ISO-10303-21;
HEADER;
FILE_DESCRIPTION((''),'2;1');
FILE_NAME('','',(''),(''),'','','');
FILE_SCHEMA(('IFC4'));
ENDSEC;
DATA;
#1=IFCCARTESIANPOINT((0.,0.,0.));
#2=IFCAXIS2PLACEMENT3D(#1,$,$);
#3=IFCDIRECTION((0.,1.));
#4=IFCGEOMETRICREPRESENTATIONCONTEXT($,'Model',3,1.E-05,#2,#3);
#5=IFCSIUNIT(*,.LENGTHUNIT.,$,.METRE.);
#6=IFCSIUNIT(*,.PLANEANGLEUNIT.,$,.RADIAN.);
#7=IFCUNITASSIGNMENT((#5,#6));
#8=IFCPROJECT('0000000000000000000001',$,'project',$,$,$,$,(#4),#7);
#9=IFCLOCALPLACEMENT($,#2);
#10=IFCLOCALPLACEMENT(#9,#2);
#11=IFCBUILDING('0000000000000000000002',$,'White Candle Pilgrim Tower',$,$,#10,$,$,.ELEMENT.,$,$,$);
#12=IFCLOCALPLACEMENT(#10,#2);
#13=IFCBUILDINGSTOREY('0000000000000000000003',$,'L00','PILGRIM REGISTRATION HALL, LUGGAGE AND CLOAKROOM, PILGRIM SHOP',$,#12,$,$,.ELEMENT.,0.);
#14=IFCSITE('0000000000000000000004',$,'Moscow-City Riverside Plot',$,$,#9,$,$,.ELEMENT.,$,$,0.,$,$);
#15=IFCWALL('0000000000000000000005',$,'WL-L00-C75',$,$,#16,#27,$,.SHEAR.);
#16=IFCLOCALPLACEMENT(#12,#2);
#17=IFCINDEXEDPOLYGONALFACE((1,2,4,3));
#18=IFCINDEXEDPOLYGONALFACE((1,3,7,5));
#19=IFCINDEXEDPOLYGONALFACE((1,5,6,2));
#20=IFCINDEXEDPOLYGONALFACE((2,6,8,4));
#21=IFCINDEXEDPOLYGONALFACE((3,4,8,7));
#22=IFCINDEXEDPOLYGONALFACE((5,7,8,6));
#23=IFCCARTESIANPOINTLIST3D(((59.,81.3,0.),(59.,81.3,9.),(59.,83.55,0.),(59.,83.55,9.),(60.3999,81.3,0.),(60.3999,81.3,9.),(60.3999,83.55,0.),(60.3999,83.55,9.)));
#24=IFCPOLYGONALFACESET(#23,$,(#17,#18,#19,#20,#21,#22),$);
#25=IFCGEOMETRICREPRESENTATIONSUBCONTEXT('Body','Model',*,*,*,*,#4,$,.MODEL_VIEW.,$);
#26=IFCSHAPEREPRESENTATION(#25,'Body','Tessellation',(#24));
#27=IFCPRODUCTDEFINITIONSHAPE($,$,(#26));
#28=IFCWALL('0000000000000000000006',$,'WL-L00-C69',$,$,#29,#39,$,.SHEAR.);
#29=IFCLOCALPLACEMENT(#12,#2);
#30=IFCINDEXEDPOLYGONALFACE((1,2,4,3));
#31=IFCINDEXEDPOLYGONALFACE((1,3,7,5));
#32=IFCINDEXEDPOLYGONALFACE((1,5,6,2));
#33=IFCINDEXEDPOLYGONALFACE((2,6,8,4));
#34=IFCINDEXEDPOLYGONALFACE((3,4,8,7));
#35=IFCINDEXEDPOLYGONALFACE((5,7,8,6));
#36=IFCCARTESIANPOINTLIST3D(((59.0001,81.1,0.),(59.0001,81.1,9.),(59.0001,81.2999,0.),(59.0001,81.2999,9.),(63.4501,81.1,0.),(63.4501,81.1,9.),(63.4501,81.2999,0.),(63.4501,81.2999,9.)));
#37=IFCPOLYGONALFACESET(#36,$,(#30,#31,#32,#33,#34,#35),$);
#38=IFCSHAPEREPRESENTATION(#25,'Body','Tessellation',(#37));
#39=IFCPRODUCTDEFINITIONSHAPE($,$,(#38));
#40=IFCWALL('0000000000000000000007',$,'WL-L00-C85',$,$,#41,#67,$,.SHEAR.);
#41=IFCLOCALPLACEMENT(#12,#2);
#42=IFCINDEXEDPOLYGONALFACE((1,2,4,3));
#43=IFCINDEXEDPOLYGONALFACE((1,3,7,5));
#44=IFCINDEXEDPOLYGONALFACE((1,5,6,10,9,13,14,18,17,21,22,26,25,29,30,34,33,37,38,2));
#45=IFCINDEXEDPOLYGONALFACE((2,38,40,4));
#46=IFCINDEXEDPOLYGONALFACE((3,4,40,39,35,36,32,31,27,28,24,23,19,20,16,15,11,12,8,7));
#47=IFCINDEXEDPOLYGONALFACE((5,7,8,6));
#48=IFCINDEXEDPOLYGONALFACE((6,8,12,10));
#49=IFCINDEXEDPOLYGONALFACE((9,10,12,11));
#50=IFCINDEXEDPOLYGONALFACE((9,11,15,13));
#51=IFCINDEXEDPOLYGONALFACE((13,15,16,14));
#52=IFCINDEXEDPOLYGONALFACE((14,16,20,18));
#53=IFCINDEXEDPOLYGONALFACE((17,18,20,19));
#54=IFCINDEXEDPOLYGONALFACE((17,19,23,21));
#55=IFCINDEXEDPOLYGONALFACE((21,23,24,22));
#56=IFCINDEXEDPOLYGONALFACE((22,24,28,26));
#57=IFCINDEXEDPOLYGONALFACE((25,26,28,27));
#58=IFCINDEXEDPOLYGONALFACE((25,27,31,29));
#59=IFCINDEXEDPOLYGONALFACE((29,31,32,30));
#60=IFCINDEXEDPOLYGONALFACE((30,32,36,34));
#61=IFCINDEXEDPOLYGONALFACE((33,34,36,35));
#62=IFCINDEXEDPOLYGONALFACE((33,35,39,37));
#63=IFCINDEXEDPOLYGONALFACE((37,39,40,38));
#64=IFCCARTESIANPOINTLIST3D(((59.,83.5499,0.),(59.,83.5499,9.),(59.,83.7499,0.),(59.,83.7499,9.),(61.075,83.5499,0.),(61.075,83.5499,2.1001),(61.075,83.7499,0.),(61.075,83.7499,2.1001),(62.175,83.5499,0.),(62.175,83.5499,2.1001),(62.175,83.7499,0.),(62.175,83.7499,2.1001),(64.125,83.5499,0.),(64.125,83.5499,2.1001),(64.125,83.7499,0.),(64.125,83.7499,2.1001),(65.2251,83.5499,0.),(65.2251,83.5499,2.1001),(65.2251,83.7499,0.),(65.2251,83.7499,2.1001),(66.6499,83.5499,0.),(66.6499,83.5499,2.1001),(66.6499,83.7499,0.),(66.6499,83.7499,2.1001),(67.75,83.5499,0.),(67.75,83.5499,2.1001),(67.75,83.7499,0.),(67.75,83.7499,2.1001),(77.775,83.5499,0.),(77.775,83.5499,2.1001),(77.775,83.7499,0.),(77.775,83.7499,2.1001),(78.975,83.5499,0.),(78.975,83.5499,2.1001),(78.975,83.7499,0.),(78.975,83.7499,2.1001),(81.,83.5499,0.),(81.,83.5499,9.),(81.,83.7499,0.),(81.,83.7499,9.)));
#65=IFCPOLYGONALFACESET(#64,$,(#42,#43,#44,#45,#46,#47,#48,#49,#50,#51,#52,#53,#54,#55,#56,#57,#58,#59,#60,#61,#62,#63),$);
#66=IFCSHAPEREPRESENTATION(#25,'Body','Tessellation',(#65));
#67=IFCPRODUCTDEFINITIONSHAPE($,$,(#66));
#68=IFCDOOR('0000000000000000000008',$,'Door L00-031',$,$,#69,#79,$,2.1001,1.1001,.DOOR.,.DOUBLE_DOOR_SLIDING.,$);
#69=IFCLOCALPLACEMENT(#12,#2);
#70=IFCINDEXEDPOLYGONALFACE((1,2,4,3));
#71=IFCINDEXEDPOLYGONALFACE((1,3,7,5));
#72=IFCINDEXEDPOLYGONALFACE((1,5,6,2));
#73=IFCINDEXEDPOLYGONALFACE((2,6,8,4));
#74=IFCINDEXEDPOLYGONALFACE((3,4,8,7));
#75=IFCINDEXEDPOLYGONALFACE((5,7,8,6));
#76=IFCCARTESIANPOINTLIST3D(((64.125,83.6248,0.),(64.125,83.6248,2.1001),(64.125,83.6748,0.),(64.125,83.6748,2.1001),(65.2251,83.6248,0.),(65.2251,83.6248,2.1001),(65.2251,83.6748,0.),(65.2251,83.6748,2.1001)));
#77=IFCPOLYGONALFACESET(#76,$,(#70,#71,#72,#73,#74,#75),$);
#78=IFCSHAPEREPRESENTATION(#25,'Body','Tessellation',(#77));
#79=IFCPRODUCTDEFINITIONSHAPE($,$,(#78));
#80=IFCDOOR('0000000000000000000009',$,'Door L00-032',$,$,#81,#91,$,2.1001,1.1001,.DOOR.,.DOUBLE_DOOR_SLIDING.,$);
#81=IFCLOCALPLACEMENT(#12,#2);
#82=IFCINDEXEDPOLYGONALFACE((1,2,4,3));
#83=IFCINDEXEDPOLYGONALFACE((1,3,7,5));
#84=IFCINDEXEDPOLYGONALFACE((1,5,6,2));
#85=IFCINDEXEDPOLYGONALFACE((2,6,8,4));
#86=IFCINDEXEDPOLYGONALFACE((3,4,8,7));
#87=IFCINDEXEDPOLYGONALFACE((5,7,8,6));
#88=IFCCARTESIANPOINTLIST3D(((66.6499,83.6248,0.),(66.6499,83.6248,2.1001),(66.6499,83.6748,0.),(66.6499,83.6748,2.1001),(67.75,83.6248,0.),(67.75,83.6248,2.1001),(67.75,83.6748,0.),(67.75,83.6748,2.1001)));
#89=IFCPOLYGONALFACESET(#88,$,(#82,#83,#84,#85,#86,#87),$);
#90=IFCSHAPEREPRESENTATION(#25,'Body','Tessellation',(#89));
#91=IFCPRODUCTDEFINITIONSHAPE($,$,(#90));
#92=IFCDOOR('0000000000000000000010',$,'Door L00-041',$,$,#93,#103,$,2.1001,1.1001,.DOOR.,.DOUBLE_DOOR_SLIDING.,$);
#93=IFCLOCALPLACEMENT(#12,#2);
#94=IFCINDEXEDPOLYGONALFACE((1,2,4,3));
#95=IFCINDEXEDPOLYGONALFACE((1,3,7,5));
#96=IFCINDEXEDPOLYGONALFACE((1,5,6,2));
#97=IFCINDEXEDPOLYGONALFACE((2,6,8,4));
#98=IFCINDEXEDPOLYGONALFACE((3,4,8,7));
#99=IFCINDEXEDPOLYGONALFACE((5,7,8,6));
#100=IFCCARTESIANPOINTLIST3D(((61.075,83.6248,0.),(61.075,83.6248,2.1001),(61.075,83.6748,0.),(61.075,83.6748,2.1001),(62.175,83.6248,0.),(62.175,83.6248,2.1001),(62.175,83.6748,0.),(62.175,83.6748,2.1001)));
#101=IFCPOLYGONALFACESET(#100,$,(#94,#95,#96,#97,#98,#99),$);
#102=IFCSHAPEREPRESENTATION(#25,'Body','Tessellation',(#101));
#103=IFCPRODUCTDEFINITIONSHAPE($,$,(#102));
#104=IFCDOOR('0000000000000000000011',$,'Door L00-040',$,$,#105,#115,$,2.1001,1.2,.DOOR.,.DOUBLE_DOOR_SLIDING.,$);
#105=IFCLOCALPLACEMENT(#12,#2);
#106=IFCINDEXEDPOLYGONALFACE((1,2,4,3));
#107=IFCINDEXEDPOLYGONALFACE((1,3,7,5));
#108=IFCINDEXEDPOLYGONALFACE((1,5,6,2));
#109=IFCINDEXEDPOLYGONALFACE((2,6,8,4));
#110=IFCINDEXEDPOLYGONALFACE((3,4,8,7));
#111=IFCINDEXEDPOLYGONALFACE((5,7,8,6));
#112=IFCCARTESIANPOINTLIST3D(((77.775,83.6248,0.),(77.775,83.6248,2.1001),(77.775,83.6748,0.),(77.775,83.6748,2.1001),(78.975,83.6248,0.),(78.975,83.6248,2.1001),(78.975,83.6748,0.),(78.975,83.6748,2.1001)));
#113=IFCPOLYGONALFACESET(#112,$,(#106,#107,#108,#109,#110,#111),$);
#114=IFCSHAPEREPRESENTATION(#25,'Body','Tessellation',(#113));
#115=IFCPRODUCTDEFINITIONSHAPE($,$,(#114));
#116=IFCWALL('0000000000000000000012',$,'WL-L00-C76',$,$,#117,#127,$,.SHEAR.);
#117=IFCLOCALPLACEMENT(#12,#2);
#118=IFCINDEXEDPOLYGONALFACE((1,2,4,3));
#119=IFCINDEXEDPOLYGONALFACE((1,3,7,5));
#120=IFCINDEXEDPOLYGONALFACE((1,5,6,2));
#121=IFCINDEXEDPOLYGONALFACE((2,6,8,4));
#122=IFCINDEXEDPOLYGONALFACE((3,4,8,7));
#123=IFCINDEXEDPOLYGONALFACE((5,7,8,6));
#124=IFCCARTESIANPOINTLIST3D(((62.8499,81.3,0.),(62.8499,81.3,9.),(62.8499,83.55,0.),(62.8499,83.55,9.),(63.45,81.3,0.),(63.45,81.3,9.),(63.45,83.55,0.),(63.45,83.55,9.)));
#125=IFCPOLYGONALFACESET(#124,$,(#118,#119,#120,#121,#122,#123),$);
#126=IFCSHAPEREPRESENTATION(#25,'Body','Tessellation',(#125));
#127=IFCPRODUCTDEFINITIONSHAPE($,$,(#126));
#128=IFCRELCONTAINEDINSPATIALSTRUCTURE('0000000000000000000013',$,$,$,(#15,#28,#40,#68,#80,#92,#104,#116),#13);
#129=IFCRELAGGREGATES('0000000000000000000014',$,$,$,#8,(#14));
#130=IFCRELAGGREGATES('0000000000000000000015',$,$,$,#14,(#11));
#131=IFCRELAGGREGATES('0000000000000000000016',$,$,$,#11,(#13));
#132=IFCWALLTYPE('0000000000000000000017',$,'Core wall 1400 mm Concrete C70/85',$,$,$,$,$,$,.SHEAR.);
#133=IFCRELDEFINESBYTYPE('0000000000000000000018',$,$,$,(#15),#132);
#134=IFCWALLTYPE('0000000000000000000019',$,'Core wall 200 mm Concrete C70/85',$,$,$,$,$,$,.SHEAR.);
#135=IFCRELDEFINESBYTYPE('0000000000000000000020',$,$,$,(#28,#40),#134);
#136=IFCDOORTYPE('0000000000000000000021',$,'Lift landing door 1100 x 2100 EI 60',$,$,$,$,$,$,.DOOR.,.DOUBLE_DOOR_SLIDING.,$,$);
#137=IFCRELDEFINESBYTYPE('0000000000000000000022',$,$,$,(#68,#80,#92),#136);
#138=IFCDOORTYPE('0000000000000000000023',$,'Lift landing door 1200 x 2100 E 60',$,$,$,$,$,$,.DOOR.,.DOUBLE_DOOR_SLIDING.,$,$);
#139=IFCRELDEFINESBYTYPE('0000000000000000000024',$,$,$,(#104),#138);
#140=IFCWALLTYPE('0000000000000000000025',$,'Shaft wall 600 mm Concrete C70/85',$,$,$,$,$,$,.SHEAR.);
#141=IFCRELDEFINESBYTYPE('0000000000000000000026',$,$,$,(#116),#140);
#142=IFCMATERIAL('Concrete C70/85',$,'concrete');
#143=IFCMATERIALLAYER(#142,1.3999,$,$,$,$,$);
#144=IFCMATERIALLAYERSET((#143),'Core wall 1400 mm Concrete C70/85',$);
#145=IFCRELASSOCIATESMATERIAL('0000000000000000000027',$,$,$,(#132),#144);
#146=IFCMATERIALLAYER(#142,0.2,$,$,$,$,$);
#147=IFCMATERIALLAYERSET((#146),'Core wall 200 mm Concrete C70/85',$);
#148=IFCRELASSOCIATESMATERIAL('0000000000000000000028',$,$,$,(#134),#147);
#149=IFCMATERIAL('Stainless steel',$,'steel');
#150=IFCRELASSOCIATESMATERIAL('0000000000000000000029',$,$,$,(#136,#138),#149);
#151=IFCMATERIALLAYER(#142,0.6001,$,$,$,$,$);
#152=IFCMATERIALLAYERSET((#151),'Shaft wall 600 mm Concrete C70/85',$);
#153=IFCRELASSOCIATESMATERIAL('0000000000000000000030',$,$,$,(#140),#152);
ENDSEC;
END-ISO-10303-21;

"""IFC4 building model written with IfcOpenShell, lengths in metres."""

from ifc_helpers import new_model, si_unit, direction, frame, frame_2d, origin, place, context, subcontext, project, spatial, rectangle, extrude, material, layer, layer_set, type_object, element, fill, save


model = new_model("IFC4")

# Units and contexts
model_context = context("Model", 3, precision=1e-05, world=origin(), true_north=direction((0.0, 1.0)))
body_context = subcontext(model_context, "Body", "Model", "MODEL_VIEW")
ifc_project = project(units=[si_unit("LENGTHUNIT", "METRE"), si_unit("PLANEANGLEUNIT", "RADIAN")], contexts=[model_context])

# Site, building, storey
site_placement = place(None, origin())
site = spatial("IfcSite", under=ifc_project, at=site_placement, Name="Moscow-City Riverside Plot", CompositionType="ELEMENT", RefElevation=0.0)
building_placement = place(site_placement, origin())
building = spatial("IfcBuilding", under=site, at=building_placement, Name="White Candle Pilgrim Tower", CompositionType="ELEMENT")
storey_placement = place(building_placement, origin())
storey = spatial("IfcBuildingStorey", under=building, at=storey_placement, Name="L00", Description="PILGRIM REGISTRATION HALL, LUGGAGE AND CLOAKROOM, PILGRIM SHOP", CompositionType="ELEMENT", Elevation=0.0)

# Walls
ifc_material_1 = material(Name="Concrete C70/85", Category="concrete")
ifc_layer_1 = layer(ifc_material_1, 1.3999)
ifc_layer_set_1 = layer_set([ifc_layer_1], Name="Core wall 1400 mm Concrete C70/85")
wall_type_1 = type_object("IfcWallType", Name="Core wall 1400 mm Concrete C70/85", PredefinedType="SHEAR", material=ifc_layer_set_1)
wall_1_placement = place(storey_placement, frame((59.7, 81.3, 0.0), z_axis=(0.0, 0.0, 1.0), x_axis=(0.0, 1.0, 0.0)))
element("IfcWall", 1, at=wall_1_placement, inside=storey, type_object=wall_type_1, Name="WL-L00-C75", PredefinedType="SHEAR", context=body_context, shape_type="SweptSolid", body=[
    extrude(rectangle(XDim=2.25, YDim=1.3999, at=frame_2d((1.125, 0.0))), origin(), (0.0, 0.0, 1.0), 9.0),
])
ifc_layer_2 = layer(ifc_material_1, 0.2)
ifc_layer_set_2 = layer_set([ifc_layer_2], Name="Core wall 200 mm Concrete C70/85")
wall_type_2 = type_object("IfcWallType", Name="Core wall 200 mm Concrete C70/85", PredefinedType="SHEAR", material=ifc_layer_set_2)
wall_2_placement = place(storey_placement, frame((59.0, 81.2, 0.0), z_axis=(0.0, 0.0, 1.0), x_axis=(1.0, 0.0, 0.0)))
element("IfcWall", 2, at=wall_2_placement, inside=storey, type_object=wall_type_2, Name="WL-L00-C69", PredefinedType="SHEAR", context=body_context, shape_type="SweptSolid", body=[
    extrude(rectangle(XDim=4.45, YDim=0.2, at=frame_2d((2.2251, 0.0))), origin(), (0.0, 0.0, 1.0), 9.0),
])

# Wall, openings, doors
wall_3_placement = place(storey_placement, frame((59.0, 83.6499, 0.0), z_axis=(0.0, 0.0, 1.0), x_axis=(1.0, 0.0, 0.0)))
wall_3 = element("IfcWall", 3, at=wall_3_placement, inside=storey, type_object=wall_type_2, Name="WL-L00-C85", PredefinedType="SHEAR", context=body_context, shape_type="SweptSolid", body=[
    extrude(rectangle(XDim=22.0, YDim=0.2, at=frame_2d((11.0, 0.0))), origin(), (0.0, 0.0, 1.0), 9.0),
])
opening_1_placement = place(wall_3_placement, frame((5.125, 0.0, 0.0)))
opening_1 = element("IfcOpeningElement", 4, at=opening_1_placement, cuts=wall_3, PredefinedType="OPENING", context=body_context, shape_type="SweptSolid", body=[
    extrude(rectangle(XDim=1.1001, YDim=2.1001, at=frame_2d((0.55, 1.05))), frame((0.0, 0.1099, 0.0), z_axis=(0.0, -1.0, 0.0), x_axis=(1.0, 0.0, 0.0)), (0.0, 0.0, 1.0), 0.22),
])
opening_2_placement = place(wall_3_placement, frame((7.6499, 0.0, 0.0)))
opening_2 = element("IfcOpeningElement", 5, at=opening_2_placement, cuts=wall_3, PredefinedType="OPENING", context=body_context, shape_type="SweptSolid", body=[
    extrude(rectangle(XDim=1.1001, YDim=2.1001, at=frame_2d((0.55, 1.05))), frame((0.0, 0.1099, 0.0), z_axis=(0.0, -1.0, 0.0), x_axis=(1.0, 0.0, 0.0)), (0.0, 0.0, 1.0), 0.22),
])
opening_3_placement = place(wall_3_placement, frame((18.7749, 0.0, 0.0)))
opening_3 = element("IfcOpeningElement", 6, at=opening_3_placement, cuts=wall_3, PredefinedType="OPENING", context=body_context, shape_type="SweptSolid", body=[
    extrude(rectangle(XDim=1.2, YDim=2.1001, at=frame_2d((0.6001, 1.05))), frame((0.0, 0.1099, 0.0), z_axis=(0.0, -1.0, 0.0), x_axis=(1.0, 0.0, 0.0)), (0.0, 0.0, 1.0), 0.22),
])
opening_4_placement = place(wall_3_placement, frame((2.075, 0.0, 0.0)))
opening_4 = element("IfcOpeningElement", 7, at=opening_4_placement, cuts=wall_3, PredefinedType="OPENING", context=body_context, shape_type="SweptSolid", body=[
    extrude(rectangle(XDim=1.1001, YDim=2.1001, at=frame_2d((0.55, 1.05))), frame((0.0, 0.1099, 0.0), z_axis=(0.0, -1.0, 0.0), x_axis=(1.0, 0.0, 0.0)), (0.0, 0.0, 1.0), 0.22),
])
ifc_material_2 = material(Name="Stainless steel", Category="steel")
door_type_1 = type_object("IfcDoorType", Name="Lift landing door 1100 x 2100 EI 60", OperationType="DOUBLE_DOOR_SLIDING", PredefinedType="DOOR", material=ifc_material_2)
door_1_placement = place(opening_1_placement, origin())
door_1 = element("IfcDoor", 8, at=door_1_placement, inside=storey, type_object=door_type_1, Name="Door L00-031", OperationType="DOUBLE_DOOR_SLIDING", OverallHeight=2.1001, OverallWidth=1.1001, PredefinedType="DOOR", context=body_context, shape_type="SweptSolid", body=[
    extrude(rectangle(XDim=1.1001, YDim=2.1001, at=frame_2d((0.55, 1.05))), frame((0.0, 0.0249, 0.0), z_axis=(0.0, -1.0, 0.0), x_axis=(1.0, 0.0, 0.0)), (0.0, 0.0, 1.0), 0.05),
])
fill(opening_1, door_1)
door_2_placement = place(opening_2_placement, origin())
door_2 = element("IfcDoor", 9, at=door_2_placement, inside=storey, type_object=door_type_1, Name="Door L00-032", OperationType="DOUBLE_DOOR_SLIDING", OverallHeight=2.1001, OverallWidth=1.1001, PredefinedType="DOOR", context=body_context, shape_type="SweptSolid", body=[
    extrude(rectangle(XDim=1.1001, YDim=2.1001, at=frame_2d((0.55, 1.05))), frame((0.0, 0.0249, 0.0), z_axis=(0.0, -1.0, 0.0), x_axis=(1.0, 0.0, 0.0)), (0.0, 0.0, 1.0), 0.05),
])
fill(opening_2, door_2)
door_3_placement = place(opening_4_placement, origin())
door_3 = element("IfcDoor", 10, at=door_3_placement, inside=storey, type_object=door_type_1, Name="Door L00-041", OperationType="DOUBLE_DOOR_SLIDING", OverallHeight=2.1001, OverallWidth=1.1001, PredefinedType="DOOR", context=body_context, shape_type="SweptSolid", body=[
    extrude(rectangle(XDim=1.1001, YDim=2.1001, at=frame_2d((0.55, 1.05))), frame((0.0, 0.0249, 0.0), z_axis=(0.0, -1.0, 0.0), x_axis=(1.0, 0.0, 0.0)), (0.0, 0.0, 1.0), 0.05),
])
fill(opening_4, door_3)
door_type_2 = type_object("IfcDoorType", Name="Lift landing door 1200 x 2100 E 60", OperationType="DOUBLE_DOOR_SLIDING", PredefinedType="DOOR", material=ifc_material_2)
door_4_placement = place(opening_3_placement, origin())
door_4 = element("IfcDoor", 11, at=door_4_placement, inside=storey, type_object=door_type_2, Name="Door L00-040", OperationType="DOUBLE_DOOR_SLIDING", OverallHeight=2.1001, OverallWidth=1.2, PredefinedType="DOOR", context=body_context, shape_type="SweptSolid", body=[
    extrude(rectangle(XDim=1.2, YDim=2.1001, at=frame_2d((0.6001, 1.05))), frame((0.0, 0.0249, 0.0), z_axis=(0.0, -1.0, 0.0), x_axis=(1.0, 0.0, 0.0)), (0.0, 0.0, 1.0), 0.05),
])
fill(opening_3, door_4)

# Wall
ifc_layer_3 = layer(ifc_material_1, 0.6001)
ifc_layer_set_3 = layer_set([ifc_layer_3], Name="Shaft wall 600 mm Concrete C70/85")
wall_type_3 = type_object("IfcWallType", Name="Shaft wall 600 mm Concrete C70/85", PredefinedType="SHEAR", material=ifc_layer_set_3)
wall_4_placement = place(storey_placement, frame((63.1499, 81.3, 0.0), z_axis=(0.0, 0.0, 1.0), x_axis=(0.0, 1.0, 0.0)))
element("IfcWall", 12, at=wall_4_placement, inside=storey, type_object=wall_type_3, Name="WL-L00-C76", PredefinedType="SHEAR", context=body_context, shape_type="SweptSolid", body=[
    extrude(rectangle(XDim=2.25, YDim=0.6001, at=frame_2d((1.125, 0.0))), origin(), (0.0, 0.0, 1.0), 9.0),
])

save(model, "model.ifc")
